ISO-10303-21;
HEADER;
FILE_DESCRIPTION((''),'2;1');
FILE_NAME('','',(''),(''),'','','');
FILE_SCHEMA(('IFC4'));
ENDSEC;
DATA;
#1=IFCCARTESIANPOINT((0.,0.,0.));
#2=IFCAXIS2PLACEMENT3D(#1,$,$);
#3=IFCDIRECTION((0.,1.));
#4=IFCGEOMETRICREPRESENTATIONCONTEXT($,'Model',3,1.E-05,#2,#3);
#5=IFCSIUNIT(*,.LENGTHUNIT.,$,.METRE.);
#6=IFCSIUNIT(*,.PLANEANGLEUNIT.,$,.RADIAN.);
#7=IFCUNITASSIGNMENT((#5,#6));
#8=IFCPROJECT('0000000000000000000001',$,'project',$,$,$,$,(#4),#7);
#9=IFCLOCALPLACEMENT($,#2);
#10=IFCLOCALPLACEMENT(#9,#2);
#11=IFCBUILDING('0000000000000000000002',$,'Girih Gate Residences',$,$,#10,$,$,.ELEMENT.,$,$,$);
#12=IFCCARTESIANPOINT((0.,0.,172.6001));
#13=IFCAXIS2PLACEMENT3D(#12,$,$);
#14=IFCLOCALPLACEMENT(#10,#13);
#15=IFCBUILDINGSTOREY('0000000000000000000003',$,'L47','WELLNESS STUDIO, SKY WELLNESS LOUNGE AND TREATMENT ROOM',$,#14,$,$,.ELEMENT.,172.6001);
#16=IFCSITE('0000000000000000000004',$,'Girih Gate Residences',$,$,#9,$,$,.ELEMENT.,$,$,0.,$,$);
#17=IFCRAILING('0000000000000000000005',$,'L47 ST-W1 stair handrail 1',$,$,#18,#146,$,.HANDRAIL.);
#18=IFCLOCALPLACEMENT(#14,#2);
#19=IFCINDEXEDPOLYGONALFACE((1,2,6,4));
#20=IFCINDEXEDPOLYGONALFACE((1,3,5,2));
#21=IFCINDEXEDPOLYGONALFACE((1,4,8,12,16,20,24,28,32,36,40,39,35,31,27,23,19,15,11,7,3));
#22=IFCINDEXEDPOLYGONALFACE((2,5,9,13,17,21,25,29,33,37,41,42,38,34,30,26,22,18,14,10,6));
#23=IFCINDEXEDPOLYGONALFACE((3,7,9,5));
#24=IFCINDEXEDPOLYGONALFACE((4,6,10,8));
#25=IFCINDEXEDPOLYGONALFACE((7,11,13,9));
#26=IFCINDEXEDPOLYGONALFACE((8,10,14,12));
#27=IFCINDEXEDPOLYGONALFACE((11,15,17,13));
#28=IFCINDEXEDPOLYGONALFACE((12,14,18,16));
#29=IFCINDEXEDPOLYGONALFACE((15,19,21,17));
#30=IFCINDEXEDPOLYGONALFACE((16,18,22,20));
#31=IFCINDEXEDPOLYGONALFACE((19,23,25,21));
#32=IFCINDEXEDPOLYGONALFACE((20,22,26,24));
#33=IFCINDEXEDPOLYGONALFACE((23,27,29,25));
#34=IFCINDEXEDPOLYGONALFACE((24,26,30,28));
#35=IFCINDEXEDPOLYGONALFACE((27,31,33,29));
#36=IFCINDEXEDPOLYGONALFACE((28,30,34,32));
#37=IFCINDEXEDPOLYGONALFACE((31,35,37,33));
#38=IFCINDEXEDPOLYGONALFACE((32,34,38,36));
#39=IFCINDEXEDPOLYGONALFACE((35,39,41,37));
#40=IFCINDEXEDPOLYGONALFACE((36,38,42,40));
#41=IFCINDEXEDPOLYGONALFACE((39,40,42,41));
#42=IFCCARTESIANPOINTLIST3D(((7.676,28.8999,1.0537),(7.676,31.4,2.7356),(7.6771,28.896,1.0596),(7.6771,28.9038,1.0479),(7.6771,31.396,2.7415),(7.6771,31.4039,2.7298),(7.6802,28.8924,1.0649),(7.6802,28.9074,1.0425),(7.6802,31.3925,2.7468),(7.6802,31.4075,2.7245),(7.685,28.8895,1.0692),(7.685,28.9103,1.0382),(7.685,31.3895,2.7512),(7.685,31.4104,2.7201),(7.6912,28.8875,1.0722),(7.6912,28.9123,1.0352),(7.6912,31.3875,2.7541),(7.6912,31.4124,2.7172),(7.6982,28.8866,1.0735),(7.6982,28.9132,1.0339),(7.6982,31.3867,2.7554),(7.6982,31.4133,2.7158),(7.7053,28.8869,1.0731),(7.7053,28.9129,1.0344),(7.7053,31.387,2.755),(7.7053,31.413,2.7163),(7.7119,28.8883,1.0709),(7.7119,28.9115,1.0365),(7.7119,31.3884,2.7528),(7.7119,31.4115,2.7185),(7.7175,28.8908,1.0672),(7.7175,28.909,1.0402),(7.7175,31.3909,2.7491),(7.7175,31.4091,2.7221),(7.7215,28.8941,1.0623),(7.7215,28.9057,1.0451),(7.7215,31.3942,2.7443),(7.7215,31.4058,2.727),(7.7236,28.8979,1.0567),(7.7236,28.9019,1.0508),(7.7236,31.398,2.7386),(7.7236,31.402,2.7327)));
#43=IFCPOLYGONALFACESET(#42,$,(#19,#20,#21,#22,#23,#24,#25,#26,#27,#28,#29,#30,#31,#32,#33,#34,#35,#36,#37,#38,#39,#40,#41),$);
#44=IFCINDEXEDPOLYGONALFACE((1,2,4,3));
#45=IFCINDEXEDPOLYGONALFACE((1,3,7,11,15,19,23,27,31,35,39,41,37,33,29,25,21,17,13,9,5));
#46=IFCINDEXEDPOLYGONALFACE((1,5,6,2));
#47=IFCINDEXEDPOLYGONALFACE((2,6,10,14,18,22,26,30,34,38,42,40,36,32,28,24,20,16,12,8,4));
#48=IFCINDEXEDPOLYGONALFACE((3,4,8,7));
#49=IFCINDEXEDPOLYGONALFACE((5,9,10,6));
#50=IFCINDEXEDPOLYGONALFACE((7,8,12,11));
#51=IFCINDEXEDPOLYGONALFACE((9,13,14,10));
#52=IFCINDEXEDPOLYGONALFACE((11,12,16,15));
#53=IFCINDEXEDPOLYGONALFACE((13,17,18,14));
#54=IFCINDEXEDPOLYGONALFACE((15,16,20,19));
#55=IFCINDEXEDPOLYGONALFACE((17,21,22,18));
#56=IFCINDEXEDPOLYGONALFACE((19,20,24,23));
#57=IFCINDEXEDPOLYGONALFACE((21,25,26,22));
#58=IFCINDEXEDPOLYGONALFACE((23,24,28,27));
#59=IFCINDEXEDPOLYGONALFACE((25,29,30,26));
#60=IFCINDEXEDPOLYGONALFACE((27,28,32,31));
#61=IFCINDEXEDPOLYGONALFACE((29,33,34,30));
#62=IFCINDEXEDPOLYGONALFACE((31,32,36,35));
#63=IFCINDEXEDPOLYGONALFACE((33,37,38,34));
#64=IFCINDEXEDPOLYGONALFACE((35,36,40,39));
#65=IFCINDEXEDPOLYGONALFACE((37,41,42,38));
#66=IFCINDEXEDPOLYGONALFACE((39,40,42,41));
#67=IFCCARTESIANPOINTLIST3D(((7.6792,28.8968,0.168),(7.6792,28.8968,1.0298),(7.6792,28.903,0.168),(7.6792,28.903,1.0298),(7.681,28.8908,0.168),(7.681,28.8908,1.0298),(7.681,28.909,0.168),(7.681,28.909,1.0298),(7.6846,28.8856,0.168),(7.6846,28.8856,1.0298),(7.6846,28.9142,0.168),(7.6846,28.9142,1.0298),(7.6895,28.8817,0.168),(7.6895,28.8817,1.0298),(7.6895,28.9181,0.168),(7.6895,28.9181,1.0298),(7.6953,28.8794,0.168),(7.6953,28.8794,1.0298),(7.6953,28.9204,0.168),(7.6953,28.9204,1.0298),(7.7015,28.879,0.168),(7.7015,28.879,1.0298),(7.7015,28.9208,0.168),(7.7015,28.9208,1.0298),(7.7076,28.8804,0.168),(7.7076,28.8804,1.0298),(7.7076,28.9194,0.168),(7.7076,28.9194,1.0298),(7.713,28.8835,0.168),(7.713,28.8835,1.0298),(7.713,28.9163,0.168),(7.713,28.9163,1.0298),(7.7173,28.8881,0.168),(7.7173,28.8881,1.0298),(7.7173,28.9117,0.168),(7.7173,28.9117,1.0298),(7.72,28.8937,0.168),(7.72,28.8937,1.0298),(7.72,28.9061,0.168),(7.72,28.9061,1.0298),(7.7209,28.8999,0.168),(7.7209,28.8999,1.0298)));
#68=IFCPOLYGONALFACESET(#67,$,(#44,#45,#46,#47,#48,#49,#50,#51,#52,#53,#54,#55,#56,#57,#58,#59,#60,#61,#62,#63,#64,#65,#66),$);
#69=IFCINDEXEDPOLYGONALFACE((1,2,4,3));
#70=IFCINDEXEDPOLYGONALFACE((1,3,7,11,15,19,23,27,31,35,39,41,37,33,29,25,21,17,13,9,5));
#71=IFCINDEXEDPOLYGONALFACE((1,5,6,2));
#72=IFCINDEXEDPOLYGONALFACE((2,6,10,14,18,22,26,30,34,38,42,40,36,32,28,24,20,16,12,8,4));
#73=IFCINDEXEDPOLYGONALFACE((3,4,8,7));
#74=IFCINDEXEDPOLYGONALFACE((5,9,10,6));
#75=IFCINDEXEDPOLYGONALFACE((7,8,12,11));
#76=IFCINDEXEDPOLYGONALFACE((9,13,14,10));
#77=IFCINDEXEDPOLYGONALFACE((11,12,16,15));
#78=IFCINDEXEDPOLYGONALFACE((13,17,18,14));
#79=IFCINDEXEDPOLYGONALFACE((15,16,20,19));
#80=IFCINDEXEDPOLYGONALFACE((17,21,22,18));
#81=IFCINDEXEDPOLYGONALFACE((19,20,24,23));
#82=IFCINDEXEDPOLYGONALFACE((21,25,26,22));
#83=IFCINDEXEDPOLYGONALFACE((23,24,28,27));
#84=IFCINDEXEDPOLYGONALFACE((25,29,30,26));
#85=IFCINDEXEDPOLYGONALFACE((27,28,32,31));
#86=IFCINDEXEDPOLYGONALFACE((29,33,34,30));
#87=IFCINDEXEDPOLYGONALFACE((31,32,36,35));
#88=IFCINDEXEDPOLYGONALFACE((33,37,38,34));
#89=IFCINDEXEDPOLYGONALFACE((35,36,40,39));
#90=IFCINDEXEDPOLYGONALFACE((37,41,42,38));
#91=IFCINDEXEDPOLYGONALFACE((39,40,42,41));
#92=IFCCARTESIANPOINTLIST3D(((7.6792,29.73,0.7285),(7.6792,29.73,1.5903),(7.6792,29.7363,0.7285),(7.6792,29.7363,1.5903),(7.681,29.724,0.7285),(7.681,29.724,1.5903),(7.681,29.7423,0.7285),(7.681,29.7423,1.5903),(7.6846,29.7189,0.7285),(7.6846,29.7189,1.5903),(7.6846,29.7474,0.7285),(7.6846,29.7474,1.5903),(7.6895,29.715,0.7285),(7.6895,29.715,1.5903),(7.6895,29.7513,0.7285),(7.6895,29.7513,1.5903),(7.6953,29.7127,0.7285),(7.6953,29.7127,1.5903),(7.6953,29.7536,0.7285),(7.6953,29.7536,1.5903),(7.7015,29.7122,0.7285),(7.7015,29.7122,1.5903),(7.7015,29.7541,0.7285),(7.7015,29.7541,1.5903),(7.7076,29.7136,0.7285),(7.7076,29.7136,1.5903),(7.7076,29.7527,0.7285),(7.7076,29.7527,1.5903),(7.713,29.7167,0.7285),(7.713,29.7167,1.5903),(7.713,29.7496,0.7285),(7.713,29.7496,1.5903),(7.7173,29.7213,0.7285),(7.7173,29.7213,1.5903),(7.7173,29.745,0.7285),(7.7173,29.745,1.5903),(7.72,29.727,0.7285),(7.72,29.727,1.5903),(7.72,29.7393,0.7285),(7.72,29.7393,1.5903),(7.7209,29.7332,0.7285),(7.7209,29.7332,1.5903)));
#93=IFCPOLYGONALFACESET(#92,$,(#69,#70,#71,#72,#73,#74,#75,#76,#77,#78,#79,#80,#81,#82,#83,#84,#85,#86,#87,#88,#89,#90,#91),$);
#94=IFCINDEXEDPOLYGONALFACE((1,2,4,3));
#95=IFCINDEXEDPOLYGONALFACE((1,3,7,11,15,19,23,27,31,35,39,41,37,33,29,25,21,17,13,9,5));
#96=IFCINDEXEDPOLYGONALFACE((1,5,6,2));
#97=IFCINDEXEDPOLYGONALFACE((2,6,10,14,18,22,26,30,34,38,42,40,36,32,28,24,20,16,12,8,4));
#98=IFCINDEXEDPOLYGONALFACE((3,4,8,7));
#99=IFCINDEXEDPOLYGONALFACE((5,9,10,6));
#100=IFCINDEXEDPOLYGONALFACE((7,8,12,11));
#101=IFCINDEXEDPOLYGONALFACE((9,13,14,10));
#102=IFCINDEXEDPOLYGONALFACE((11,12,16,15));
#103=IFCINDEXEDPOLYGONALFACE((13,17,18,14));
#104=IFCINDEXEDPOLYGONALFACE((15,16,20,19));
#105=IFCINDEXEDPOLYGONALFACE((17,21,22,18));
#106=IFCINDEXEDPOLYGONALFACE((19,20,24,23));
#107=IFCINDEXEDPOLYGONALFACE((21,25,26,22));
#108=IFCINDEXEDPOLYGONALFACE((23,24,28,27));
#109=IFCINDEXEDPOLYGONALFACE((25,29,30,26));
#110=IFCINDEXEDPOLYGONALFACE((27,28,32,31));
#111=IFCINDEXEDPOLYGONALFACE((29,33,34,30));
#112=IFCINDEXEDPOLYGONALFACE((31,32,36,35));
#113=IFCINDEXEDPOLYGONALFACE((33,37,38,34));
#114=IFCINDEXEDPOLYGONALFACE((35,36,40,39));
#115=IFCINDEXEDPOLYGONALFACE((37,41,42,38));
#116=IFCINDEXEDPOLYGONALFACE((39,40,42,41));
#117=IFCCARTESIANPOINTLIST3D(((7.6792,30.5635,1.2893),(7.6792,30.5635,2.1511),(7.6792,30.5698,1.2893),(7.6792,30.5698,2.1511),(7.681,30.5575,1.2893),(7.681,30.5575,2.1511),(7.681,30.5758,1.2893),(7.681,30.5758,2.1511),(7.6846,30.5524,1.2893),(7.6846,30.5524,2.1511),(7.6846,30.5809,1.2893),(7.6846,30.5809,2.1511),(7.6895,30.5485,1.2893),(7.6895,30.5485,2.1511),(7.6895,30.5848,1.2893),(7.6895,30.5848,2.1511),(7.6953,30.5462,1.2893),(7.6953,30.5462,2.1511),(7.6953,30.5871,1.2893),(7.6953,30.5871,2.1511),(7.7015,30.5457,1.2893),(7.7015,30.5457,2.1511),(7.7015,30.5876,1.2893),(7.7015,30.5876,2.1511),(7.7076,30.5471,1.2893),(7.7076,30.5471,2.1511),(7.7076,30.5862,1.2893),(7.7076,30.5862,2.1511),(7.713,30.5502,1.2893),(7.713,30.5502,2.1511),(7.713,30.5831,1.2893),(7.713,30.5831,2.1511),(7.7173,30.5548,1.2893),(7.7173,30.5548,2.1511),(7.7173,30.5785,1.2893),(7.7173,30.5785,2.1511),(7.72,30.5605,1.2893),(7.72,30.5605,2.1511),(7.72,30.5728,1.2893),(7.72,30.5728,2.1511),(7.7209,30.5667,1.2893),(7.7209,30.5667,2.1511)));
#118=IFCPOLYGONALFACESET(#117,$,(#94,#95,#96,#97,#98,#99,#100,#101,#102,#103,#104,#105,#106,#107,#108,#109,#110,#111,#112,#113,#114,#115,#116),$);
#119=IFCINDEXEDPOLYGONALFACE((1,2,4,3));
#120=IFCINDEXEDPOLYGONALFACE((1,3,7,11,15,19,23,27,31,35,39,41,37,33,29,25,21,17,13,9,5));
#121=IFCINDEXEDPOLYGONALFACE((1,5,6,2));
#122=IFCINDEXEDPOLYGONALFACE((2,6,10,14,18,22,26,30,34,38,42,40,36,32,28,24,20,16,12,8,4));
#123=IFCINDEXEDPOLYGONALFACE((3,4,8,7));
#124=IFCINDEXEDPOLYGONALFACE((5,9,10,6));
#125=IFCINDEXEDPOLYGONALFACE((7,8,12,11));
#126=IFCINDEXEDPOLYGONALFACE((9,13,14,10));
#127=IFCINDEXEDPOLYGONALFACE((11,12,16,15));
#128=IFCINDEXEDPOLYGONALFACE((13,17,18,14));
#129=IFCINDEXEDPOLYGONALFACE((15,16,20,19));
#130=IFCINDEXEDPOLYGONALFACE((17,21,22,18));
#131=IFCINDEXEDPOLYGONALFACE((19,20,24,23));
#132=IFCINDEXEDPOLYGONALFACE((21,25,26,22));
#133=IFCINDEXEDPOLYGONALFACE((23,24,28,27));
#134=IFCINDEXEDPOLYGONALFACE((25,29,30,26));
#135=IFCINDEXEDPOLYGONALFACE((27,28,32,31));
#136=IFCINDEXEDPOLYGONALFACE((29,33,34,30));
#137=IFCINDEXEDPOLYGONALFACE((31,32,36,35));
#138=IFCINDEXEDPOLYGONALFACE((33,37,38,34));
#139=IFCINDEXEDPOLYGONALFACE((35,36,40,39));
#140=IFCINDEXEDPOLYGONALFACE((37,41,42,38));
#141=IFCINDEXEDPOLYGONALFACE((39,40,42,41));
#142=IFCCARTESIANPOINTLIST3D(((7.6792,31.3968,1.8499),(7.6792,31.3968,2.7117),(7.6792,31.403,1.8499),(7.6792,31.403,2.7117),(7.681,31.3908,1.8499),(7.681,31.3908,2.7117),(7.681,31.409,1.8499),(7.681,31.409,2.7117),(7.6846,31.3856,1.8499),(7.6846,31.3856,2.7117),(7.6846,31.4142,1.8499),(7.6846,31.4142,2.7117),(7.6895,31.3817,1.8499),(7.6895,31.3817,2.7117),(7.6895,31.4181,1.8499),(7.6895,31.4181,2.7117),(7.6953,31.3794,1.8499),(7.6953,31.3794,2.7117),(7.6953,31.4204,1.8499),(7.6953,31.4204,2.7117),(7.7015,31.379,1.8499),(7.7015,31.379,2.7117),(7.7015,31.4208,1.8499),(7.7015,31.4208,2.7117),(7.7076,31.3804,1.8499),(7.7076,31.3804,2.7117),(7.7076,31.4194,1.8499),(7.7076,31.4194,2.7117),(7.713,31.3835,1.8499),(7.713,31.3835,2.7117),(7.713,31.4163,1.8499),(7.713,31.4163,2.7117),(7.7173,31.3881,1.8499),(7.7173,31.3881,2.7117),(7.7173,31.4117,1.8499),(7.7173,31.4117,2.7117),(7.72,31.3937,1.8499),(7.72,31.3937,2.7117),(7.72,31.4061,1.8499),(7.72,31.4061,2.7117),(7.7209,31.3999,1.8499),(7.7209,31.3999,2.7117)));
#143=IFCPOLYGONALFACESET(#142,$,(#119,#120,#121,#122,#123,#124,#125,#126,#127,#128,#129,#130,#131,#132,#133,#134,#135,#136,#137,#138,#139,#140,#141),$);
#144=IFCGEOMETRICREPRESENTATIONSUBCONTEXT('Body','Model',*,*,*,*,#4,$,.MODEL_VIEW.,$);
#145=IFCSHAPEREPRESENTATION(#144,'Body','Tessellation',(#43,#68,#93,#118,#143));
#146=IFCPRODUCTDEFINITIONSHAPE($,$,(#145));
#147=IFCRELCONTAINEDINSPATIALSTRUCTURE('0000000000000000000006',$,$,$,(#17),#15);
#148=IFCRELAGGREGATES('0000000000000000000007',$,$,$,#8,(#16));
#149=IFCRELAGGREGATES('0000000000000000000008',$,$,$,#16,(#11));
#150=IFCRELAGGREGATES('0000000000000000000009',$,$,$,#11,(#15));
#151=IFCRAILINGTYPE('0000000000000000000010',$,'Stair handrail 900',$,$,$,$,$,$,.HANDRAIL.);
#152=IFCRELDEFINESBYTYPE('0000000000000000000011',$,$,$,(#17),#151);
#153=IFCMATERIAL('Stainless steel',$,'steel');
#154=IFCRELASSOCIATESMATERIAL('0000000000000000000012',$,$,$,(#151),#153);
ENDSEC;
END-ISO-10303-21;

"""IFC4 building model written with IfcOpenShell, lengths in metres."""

from ifc_helpers import new_model, si_unit, direction, frame, origin, origin_2d, place, context, subcontext, project, spatial, circle, extrude, material, type_object, element, save


model = new_model("IFC4")

# Units and contexts
model_context = context("Model", 3, precision=1e-05, world=origin(), true_north=direction((0.0, 1.0)))
body_context = subcontext(model_context, "Body", "Model", "MODEL_VIEW")
ifc_project = project(units=[si_unit("LENGTHUNIT", "METRE"), si_unit("PLANEANGLEUNIT", "RADIAN")], contexts=[model_context])

# Site, building, storey
site_placement = place(None, origin())
site = spatial("IfcSite", under=ifc_project, at=site_placement, Name="Girih Gate Residences", CompositionType="ELEMENT", RefElevation=0.0)
building_placement = place(site_placement, origin())
building = spatial("IfcBuilding", under=site, at=building_placement, Name="Girih Gate Residences", CompositionType="ELEMENT")
storey_placement = place(building_placement, frame((0.0, 0.0, 172.6001)))
storey = spatial("IfcBuildingStorey", under=building, at=storey_placement, Name="L47", Description="WELLNESS STUDIO, SKY WELLNESS LOUNGE AND TREATMENT ROOM", CompositionType="ELEMENT", Elevation=172.6001)

# Railing
ifc_material_1 = material(Name="Stainless steel", Category="steel")
railing_type_1 = type_object("IfcRailingType", Name="Stair handrail 900", PredefinedType="HANDRAIL", material=ifc_material_1)
railing_1_placement = place(storey_placement, frame((7.7, 28.8999, 0.168)))
element("IfcRailing", 1, at=railing_1_placement, inside=storey, type_object=railing_type_1, Name="L47 ST-W1 stair handrail 1", PredefinedType="HANDRAIL", context=body_context, shape_type="SweptSolid", body=[
    extrude(circle(Radius=0.0239, at=origin_2d()), frame((0.0, 0.0, 0.8857), z_axis=(0.0, 0.829712, 0.558192), x_axis=(-1.0, 0.0, 0.0)), (0.0, 0.0, 1.0), 3.0132),
    extrude(circle(Radius=0.021, at=origin_2d()), origin(), (0.0, 0.0, 1.0), 0.8618),
    extrude(circle(Radius=0.021, at=origin_2d()), frame((0.0, 0.8333, 0.5605)), (0.0, 0.0, 1.0), 0.8618),
    extrude(circle(Radius=0.021, at=origin_2d()), frame((0.0, 1.6667, 1.1213)), (0.0, 0.0, 1.0), 0.8618),
    extrude(circle(Radius=0.021, at=origin_2d()), frame((0.0, 2.5, 1.6819)), (0.0, 0.0, 1.0), 0.8618),
])

save(model, "model.ifc")
